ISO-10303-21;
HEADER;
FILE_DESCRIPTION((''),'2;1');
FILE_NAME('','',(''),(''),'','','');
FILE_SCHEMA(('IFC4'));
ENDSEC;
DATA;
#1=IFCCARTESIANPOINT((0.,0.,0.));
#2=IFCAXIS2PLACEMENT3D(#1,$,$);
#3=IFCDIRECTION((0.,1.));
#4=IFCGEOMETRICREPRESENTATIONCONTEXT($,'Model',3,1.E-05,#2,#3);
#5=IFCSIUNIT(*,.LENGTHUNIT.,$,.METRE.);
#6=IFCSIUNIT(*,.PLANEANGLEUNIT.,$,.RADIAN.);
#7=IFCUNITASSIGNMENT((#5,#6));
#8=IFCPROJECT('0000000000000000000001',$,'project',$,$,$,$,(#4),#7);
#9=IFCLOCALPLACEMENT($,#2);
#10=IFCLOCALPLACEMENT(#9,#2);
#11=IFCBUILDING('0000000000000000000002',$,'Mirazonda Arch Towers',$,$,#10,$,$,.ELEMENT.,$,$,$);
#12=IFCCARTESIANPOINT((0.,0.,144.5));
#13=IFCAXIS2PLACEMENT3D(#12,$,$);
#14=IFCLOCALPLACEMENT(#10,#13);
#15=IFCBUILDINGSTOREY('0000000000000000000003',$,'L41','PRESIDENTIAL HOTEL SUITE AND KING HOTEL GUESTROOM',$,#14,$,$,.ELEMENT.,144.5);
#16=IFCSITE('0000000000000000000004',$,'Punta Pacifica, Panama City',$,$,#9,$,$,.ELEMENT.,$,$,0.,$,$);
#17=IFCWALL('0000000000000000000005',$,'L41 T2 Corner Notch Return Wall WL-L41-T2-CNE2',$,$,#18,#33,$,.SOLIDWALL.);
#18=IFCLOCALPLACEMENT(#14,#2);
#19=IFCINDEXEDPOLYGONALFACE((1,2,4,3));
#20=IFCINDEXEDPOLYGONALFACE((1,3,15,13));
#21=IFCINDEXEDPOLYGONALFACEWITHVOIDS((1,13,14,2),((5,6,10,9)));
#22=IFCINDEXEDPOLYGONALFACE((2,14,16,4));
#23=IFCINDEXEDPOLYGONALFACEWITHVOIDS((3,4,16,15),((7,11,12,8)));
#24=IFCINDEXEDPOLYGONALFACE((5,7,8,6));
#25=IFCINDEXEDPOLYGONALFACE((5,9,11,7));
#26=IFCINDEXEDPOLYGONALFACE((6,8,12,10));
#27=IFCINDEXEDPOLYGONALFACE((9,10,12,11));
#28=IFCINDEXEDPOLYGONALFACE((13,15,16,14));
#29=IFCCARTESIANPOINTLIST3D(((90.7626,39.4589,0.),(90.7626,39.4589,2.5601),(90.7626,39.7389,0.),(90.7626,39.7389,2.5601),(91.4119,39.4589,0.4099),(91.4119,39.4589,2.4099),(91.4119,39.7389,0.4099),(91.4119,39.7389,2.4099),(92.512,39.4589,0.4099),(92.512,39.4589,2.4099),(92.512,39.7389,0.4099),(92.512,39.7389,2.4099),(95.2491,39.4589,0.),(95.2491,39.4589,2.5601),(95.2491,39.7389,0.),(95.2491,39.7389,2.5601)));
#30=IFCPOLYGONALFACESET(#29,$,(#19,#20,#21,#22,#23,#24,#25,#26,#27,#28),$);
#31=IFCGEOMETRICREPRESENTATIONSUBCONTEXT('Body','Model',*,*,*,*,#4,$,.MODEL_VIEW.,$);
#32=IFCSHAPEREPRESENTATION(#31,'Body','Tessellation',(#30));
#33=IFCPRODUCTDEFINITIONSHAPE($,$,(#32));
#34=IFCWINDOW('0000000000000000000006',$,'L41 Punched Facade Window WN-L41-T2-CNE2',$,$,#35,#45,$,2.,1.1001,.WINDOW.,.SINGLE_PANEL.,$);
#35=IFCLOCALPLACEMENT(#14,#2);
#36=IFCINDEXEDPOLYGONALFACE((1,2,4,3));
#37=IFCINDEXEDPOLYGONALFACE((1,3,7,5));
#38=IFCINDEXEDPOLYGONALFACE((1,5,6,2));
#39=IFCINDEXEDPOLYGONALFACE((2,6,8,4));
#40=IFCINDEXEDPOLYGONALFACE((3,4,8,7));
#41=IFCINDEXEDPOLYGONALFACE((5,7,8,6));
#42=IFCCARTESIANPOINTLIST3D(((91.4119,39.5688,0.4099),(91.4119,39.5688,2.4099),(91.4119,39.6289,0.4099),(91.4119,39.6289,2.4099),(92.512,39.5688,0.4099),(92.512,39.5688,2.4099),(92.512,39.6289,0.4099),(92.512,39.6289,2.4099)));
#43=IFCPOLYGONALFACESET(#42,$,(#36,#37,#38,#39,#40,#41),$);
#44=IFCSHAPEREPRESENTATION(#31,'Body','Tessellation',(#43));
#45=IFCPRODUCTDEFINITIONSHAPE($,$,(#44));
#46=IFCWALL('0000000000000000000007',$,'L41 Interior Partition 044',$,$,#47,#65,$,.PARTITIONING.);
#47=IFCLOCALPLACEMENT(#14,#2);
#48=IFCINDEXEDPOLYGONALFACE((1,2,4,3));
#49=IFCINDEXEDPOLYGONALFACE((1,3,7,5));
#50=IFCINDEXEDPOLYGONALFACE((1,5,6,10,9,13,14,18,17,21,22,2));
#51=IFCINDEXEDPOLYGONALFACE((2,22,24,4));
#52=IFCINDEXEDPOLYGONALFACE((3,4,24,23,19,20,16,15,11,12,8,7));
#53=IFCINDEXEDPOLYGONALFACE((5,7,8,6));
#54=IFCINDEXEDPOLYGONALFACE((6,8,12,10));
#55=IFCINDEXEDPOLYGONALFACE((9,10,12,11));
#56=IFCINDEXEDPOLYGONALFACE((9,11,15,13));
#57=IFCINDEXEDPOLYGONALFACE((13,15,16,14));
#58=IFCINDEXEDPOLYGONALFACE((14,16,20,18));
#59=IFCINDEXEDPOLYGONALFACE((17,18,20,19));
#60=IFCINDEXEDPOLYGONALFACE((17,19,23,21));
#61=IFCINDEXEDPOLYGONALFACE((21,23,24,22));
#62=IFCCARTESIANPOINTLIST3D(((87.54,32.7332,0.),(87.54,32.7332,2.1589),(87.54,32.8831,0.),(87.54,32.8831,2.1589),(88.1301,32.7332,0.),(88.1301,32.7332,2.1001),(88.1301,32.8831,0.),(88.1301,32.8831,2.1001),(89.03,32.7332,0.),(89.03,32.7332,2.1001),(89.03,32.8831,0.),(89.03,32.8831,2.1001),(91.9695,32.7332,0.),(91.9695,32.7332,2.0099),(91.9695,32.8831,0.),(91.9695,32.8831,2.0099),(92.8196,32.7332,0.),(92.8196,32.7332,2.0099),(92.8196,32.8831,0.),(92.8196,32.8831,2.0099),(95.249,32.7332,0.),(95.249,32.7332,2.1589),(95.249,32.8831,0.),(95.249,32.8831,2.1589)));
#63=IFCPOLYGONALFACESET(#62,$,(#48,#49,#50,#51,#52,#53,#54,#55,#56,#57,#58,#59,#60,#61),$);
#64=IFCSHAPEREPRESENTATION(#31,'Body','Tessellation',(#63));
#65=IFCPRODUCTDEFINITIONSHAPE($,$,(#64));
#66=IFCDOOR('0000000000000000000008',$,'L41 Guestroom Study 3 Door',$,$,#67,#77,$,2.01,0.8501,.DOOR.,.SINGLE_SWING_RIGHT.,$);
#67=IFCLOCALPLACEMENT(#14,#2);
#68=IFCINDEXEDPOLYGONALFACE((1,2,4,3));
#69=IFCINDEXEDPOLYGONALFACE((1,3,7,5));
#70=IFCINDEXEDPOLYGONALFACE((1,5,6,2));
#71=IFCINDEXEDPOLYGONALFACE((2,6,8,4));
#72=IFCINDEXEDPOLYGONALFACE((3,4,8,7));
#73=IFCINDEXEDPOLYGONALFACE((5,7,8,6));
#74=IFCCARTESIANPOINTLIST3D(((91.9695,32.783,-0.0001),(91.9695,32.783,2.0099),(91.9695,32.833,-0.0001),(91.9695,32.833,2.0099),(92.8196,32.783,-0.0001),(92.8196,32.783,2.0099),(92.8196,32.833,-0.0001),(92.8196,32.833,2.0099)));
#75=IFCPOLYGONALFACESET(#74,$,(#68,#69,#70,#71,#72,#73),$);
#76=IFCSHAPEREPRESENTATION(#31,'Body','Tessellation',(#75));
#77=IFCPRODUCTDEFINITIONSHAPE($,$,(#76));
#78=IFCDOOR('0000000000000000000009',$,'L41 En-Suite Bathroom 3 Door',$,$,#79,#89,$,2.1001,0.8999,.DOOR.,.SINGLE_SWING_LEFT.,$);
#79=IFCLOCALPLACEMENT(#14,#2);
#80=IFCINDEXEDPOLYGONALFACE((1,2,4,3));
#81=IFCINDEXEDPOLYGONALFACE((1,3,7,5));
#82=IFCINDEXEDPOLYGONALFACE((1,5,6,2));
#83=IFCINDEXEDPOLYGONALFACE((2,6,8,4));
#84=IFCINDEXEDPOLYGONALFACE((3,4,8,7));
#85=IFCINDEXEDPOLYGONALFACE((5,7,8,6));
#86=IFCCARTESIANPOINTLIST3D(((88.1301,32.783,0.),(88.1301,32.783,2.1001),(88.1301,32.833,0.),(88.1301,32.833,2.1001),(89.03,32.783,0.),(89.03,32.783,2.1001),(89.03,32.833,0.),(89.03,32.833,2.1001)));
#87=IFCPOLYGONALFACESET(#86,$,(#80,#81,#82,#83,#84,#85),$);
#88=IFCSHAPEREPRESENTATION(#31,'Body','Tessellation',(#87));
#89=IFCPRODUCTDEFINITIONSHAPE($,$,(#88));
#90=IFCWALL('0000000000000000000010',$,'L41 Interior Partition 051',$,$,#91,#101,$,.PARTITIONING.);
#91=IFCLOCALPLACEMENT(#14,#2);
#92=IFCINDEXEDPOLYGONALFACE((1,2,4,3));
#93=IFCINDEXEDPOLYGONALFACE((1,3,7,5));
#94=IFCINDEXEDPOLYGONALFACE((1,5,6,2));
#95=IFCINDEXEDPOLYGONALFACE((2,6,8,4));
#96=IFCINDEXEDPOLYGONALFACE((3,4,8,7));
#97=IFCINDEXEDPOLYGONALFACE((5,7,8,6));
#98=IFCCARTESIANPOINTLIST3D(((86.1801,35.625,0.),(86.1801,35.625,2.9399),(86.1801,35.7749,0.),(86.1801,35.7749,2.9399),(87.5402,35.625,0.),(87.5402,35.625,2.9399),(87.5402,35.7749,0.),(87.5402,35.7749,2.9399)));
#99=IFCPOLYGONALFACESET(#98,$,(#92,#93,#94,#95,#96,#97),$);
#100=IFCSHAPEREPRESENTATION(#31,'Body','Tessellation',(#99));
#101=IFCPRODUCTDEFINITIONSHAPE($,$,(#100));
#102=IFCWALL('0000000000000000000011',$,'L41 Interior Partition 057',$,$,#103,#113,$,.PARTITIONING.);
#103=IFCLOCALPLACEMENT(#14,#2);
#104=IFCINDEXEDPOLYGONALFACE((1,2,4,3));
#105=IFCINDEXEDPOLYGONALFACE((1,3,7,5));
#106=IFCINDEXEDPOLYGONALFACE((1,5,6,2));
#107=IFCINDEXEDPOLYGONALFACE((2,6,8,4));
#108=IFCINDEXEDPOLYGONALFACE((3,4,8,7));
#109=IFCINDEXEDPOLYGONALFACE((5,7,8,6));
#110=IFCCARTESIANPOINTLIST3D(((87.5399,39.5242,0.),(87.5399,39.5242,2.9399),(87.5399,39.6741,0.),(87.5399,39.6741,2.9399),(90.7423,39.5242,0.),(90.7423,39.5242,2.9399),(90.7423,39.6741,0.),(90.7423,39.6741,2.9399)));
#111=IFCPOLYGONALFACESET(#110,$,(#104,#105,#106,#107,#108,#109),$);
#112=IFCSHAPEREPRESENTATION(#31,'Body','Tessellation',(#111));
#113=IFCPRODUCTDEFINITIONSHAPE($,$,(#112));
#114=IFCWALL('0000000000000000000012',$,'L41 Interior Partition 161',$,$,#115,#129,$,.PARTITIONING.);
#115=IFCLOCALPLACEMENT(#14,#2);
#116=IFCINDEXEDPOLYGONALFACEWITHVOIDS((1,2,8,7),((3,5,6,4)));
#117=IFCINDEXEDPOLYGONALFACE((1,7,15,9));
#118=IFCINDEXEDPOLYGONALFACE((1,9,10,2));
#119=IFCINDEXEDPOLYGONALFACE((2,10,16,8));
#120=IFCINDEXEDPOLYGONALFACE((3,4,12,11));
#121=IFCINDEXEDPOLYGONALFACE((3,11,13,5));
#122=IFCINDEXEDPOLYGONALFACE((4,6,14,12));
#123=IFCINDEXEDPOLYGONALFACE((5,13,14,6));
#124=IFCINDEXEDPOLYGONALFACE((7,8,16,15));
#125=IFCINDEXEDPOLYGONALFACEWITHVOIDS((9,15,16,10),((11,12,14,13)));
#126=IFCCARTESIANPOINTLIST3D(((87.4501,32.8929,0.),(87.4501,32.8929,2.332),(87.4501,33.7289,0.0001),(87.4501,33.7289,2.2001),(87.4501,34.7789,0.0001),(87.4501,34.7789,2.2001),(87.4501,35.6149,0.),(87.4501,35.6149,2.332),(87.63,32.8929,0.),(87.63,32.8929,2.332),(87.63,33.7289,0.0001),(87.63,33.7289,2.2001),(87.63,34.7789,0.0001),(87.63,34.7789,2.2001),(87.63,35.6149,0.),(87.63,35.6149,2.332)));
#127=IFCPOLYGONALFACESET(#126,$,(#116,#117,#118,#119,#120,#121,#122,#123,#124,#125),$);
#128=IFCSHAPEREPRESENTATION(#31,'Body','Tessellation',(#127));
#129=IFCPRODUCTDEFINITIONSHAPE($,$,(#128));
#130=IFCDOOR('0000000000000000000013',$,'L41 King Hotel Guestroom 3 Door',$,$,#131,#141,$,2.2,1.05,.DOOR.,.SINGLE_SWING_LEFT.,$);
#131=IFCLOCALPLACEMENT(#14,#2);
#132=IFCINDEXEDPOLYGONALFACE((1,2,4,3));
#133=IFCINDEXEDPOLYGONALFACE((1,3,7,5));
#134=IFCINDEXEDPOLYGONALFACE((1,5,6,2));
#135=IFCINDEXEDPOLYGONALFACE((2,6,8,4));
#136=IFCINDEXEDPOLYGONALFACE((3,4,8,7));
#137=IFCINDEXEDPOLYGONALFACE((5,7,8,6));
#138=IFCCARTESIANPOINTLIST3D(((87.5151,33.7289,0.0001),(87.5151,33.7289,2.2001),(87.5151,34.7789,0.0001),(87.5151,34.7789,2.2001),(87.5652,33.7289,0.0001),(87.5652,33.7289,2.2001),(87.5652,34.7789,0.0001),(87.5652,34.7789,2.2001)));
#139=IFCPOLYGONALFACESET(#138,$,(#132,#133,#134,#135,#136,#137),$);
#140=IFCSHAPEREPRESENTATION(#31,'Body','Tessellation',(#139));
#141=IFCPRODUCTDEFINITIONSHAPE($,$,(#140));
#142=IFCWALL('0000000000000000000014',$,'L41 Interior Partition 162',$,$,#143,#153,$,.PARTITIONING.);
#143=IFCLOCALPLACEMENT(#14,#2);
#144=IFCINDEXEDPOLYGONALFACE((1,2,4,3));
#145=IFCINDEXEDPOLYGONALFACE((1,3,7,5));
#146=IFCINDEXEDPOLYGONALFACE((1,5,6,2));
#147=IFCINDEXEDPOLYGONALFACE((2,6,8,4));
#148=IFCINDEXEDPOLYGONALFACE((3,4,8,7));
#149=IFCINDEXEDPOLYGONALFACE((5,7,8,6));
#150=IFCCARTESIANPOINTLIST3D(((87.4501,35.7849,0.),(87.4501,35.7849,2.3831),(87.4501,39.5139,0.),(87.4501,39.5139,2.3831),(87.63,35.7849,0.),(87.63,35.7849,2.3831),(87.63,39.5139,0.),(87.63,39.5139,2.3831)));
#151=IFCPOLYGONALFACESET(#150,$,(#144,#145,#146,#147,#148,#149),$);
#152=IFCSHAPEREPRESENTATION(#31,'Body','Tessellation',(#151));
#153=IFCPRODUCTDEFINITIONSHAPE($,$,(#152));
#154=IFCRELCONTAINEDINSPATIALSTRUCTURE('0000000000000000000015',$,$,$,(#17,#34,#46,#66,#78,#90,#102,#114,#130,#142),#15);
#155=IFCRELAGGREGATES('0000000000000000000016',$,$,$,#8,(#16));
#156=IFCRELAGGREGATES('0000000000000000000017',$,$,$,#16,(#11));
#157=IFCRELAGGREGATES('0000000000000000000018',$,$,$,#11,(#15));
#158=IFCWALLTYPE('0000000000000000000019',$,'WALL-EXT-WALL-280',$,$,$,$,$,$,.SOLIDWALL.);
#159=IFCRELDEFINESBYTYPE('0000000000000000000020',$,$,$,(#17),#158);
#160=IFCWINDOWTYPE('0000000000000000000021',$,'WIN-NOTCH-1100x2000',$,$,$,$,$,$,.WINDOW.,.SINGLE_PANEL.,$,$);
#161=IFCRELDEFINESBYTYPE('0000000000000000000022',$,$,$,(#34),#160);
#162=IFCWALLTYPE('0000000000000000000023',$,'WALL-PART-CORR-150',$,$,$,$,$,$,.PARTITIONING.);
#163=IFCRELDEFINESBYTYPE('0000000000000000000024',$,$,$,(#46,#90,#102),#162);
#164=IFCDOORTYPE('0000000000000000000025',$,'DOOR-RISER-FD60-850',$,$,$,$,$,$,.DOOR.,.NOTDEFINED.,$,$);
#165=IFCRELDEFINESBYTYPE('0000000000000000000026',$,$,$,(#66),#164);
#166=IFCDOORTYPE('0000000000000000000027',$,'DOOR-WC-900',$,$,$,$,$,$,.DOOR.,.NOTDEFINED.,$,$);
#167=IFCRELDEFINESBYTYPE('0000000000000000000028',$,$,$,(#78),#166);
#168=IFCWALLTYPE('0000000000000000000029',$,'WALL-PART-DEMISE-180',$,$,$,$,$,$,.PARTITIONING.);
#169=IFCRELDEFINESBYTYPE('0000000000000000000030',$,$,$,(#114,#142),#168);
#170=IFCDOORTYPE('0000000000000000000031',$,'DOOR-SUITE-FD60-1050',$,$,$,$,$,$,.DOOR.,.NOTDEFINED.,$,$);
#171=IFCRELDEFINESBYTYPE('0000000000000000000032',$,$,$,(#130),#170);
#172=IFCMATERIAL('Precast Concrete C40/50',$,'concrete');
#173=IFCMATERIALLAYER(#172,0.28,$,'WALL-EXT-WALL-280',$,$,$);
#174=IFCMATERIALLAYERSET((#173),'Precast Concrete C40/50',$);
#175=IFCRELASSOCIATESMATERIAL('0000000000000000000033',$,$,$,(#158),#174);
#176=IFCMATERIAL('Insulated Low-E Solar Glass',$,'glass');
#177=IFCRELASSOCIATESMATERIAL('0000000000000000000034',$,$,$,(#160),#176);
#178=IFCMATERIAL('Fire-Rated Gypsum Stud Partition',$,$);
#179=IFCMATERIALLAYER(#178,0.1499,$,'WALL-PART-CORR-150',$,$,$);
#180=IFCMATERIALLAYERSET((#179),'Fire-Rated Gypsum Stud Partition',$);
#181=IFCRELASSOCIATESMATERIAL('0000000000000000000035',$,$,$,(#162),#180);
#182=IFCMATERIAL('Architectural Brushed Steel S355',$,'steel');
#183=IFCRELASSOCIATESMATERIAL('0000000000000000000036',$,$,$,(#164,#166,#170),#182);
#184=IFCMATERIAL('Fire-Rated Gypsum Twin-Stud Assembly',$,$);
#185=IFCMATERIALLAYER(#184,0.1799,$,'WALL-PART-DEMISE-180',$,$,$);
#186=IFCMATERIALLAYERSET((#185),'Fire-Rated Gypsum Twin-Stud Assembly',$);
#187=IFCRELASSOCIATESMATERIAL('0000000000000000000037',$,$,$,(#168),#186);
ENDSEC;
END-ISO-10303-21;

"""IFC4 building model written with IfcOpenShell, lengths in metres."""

from ifc_helpers import new_model, si_unit, direction, frame, frame_2d, origin, place, context, subcontext, project, spatial, rectangle, extrude, material, layer, layer_set, type_object, element, fill, save


model = new_model("IFC4")

# Units and contexts
model_context = context("Model", 3, precision=1e-05, world=origin(), true_north=direction((0.0, 1.0)))
body_context = subcontext(model_context, "Body", "Model", "MODEL_VIEW")
ifc_project = project(units=[si_unit("LENGTHUNIT", "METRE"), si_unit("PLANEANGLEUNIT", "RADIAN")], contexts=[model_context])

# Site, building, storey
site_placement = place(None, origin())
site = spatial("IfcSite", under=ifc_project, at=site_placement, Name="Punta Pacifica, Panama City", CompositionType="ELEMENT", RefElevation=0.0)
building_placement = place(site_placement, origin())
building = spatial("IfcBuilding", under=site, at=building_placement, Name="Mirazonda Arch Towers", CompositionType="ELEMENT")
storey_placement = place(building_placement, frame((0.0, 0.0, 144.5)))
storey = spatial("IfcBuildingStorey", under=building, at=storey_placement, Name="L41", Description="PRESIDENTIAL HOTEL SUITE AND KING HOTEL GUESTROOM", CompositionType="ELEMENT", Elevation=144.5)

# Shared definitions
ifc_material_1 = material(Name="Insulated Low-E Solar Glass", Category="glass")

# Wall, opening, window
ifc_material_2 = material(Name="Precast Concrete C40/50", Category="concrete")
ifc_layer_1 = layer(ifc_material_2, 0.28, Name="WALL-EXT-WALL-280")
ifc_layer_set_1 = layer_set([ifc_layer_1], Name="Precast Concrete C40/50")
wall_type_1 = type_object("IfcWallType", Name="WALL-EXT-WALL-280", PredefinedType="SOLIDWALL", material=ifc_layer_set_1)
window_type = type_object("IfcWindowType", Name="WIN-NOTCH-1100x2000", PartitioningType="SINGLE_PANEL", PredefinedType="WINDOW", material=ifc_material_1)
wall_1_placement = place(storey_placement, frame((95.249, 39.5989, 0.0), z_axis=(0.0, 0.0, 1.0), x_axis=(-1.0, 0.0, 0.0)))
wall_1 = element("IfcWall", 1, at=wall_1_placement, inside=storey, type_object=wall_type_1, Name="L41 T2 Corner Notch Return Wall WL-L41-T2-CNE2", PredefinedType="SOLIDWALL", context=body_context, shape_type="SweptSolid", body=[
    extrude(rectangle(XDim=4.4866, YDim=0.28, at=frame_2d((2.2432, 0.0))), origin(), (0.0, 0.0, 1.0), 2.5601),
])
opening_1_placement = place(wall_1_placement, frame((2.7371, 0.0, 0.4099)))
opening_1 = element("IfcOpeningElement", 2, at=opening_1_placement, cuts=wall_1, PredefinedType="OPENING", context=body_context, shape_type="SweptSolid", body=[
    extrude(rectangle(XDim=1.1001, YDim=2.0, at=frame_2d((0.55, 1.0))), frame((0.0, 0.1499, 0.0), z_axis=(0.0, -1.0, 0.0), x_axis=(1.0, 0.0, 0.0)), (0.0, 0.0, 1.0), 0.3),
])
window_1_placement = place(opening_1_placement, origin())
window_1 = element("IfcWindow", 3, at=window_1_placement, inside=storey, type_object=window_type, Name="L41 Punched Facade Window WN-L41-T2-CNE2", OverallHeight=2.0, OverallWidth=1.1001, PartitioningType="SINGLE_PANEL", PredefinedType="WINDOW", context=body_context, shape_type="SweptSolid", body=[
    extrude(rectangle(XDim=1.1001, YDim=2.0, at=frame_2d((0.55, 1.0))), frame((0.0, 0.03, 0.0), z_axis=(0.0, -1.0, 0.0), x_axis=(1.0, 0.0, 0.0)), (0.0, 0.0, 1.0), 0.0601),
])
fill(opening_1, window_1)

# Wall, openings, doors
ifc_material_3 = material(Name="Fire-Rated Gypsum Stud Partition")
ifc_layer_2 = layer(ifc_material_3, 0.1499, Name="WALL-PART-CORR-150")
ifc_layer_set_2 = layer_set([ifc_layer_2], Name="Fire-Rated Gypsum Stud Partition")
wall_type_2 = type_object("IfcWallType", Name="WALL-PART-CORR-150", PredefinedType="PARTITIONING", material=ifc_layer_set_2)
wall_2_placement = place(storey_placement, frame((87.54, 32.8081, 0.0), z_axis=(0.0, 0.0, 1.0), x_axis=(1.0, 0.0, 0.0)))
wall_2 = element("IfcWall", 4, at=wall_2_placement, inside=storey, type_object=wall_type_2, Name="L41 Interior Partition 044", PredefinedType="PARTITIONING", context=body_context, shape_type="SweptSolid", body=[
    extrude(rectangle(XDim=7.709, YDim=0.1499, at=frame_2d((3.8545, 0.0))), origin(), (0.0, 0.0, 1.0), 2.1589),
])
opening_2_placement = place(wall_2_placement, frame((4.4294, 0.0, 0.0)))
opening_2 = element("IfcOpeningElement", 5, at=opening_2_placement, cuts=wall_2, PredefinedType="OPENING", context=body_context, shape_type="SweptSolid", body=[
    extrude(rectangle(XDim=0.8501, YDim=2.01, at=frame_2d((0.425, 1.0049))), frame((0.0, 0.085, 0.0), z_axis=(0.0, -1.0, 0.0), x_axis=(1.0, 0.0, 0.0)), (0.0, 0.0, 1.0), 0.1699),
])
opening_3_placement = place(wall_2_placement, frame((0.5901, 0.0, 0.0)))
opening_3 = element("IfcOpeningElement", 6, at=opening_3_placement, cuts=wall_2, PredefinedType="OPENING", context=body_context, shape_type="SweptSolid", body=[
    extrude(rectangle(XDim=0.8999, YDim=2.1001, at=frame_2d((0.45, 1.05))), frame((0.0, 0.085, 0.0), z_axis=(0.0, -1.0, 0.0), x_axis=(1.0, 0.0, 0.0)), (0.0, 0.0, 1.0), 0.1699),
])
ifc_material_4 = material(Name="Architectural Brushed Steel S355", Category="steel")
door_type_1 = type_object("IfcDoorType", Name="DOOR-RISER-FD60-850", OperationType="NOTDEFINED", PredefinedType="DOOR", material=ifc_material_4)
door_1_placement = place(opening_2_placement, origin())
door_1 = element("IfcDoor", 7, at=door_1_placement, inside=storey, type_object=door_type_1, Name="L41 Guestroom Study 3 Door", OperationType="SINGLE_SWING_RIGHT", OverallHeight=2.01, OverallWidth=0.8501, PredefinedType="DOOR", context=body_context, shape_type="SweptSolid", body=[
    extrude(rectangle(XDim=0.8501, YDim=2.01, at=frame_2d((0.425, 1.0049))), frame((0.0, 0.0249, 0.0), z_axis=(0.0, -1.0, 0.0), x_axis=(1.0, 0.0, 0.0)), (0.0, 0.0, 1.0), 0.05),
])
fill(opening_2, door_1)
door_type_2 = type_object("IfcDoorType", Name="DOOR-WC-900", OperationType="NOTDEFINED", PredefinedType="DOOR", material=ifc_material_4)
door_2_placement = place(opening_3_placement, origin())
door_2 = element("IfcDoor", 8, at=door_2_placement, inside=storey, type_object=door_type_2, Name="L41 En-Suite Bathroom 3 Door", OperationType="SINGLE_SWING_LEFT", OverallHeight=2.1001, OverallWidth=0.8999, PredefinedType="DOOR", context=body_context, shape_type="SweptSolid", body=[
    extrude(rectangle(XDim=0.8999, YDim=2.1001, at=frame_2d((0.45, 1.05))), frame((0.0, 0.0249, 0.0), z_axis=(0.0, -1.0, 0.0), x_axis=(1.0, 0.0, 0.0)), (0.0, 0.0, 1.0), 0.05),
])
fill(opening_3, door_2)

# Walls
wall_3_placement = place(storey_placement, frame((86.1799, 35.7, 0.0), z_axis=(0.0, 0.0, 1.0), x_axis=(1.0, 0.0, 0.0)))
element("IfcWall", 9, at=wall_3_placement, inside=storey, type_object=wall_type_2, Name="L41 Interior Partition 051", PredefinedType="PARTITIONING", context=body_context, shape_type="SweptSolid", body=[
    extrude(rectangle(XDim=1.3601, YDim=0.1499, at=frame_2d((0.6802, 0.0))), origin(), (0.0, 0.0, 1.0), 2.9399),
])
wall_4_placement = place(storey_placement, frame((87.54, 39.5991, 0.0), z_axis=(0.0, 0.0, 1.0), x_axis=(1.0, 0.0, 0.0)))
element("IfcWall", 10, at=wall_4_placement, inside=storey, type_object=wall_type_2, Name="L41 Interior Partition 057", PredefinedType="PARTITIONING", context=body_context, shape_type="SweptSolid", body=[
    extrude(rectangle(XDim=3.2024, YDim=0.1499, at=frame_2d((1.6011, 0.0))), origin(), (0.0, 0.0, 1.0), 2.9399),
])

# Wall, opening, door
ifc_material_5 = material(Name="Fire-Rated Gypsum Twin-Stud Assembly")
ifc_layer_3 = layer(ifc_material_5, 0.1799, Name="WALL-PART-DEMISE-180")
ifc_layer_set_3 = layer_set([ifc_layer_3], Name="Fire-Rated Gypsum Twin-Stud Assembly")
wall_type_3 = type_object("IfcWallType", Name="WALL-PART-DEMISE-180", PredefinedType="PARTITIONING", material=ifc_layer_set_3)
wall_5_placement = place(storey_placement, frame((87.54, 32.8931, 0.0), z_axis=(0.0, 0.0, 1.0), x_axis=(0.0, 1.0, 0.0)))
wall_5 = element("IfcWall", 11, at=wall_5_placement, inside=storey, type_object=wall_type_3, Name="L41 Interior Partition 161", PredefinedType="PARTITIONING", context=body_context, shape_type="SweptSolid", body=[
    extrude(rectangle(XDim=2.7219, YDim=0.1799, at=frame_2d((1.3608, 0.0))), origin(), (0.0, 0.0, 1.0), 2.332),
])
opening_4_placement = place(wall_5_placement, frame((0.8359, 0.0, 0.0)))
opening_4 = element("IfcOpeningElement", 12, at=opening_4_placement, cuts=wall_5, PredefinedType="OPENING", context=body_context, shape_type="SweptSolid", body=[
    extrude(rectangle(XDim=1.05, YDim=2.2, at=frame_2d((0.5249, 1.1001))), frame((0.0, 0.0999, 0.0), z_axis=(0.0, -1.0, 0.0), x_axis=(1.0, 0.0, 0.0)), (0.0, 0.0, 1.0), 0.2),
])
door_type_3 = type_object("IfcDoorType", Name="DOOR-SUITE-FD60-1050", OperationType="NOTDEFINED", PredefinedType="DOOR", material=ifc_material_4)
door_3_placement = place(opening_4_placement, origin())
door_3 = element("IfcDoor", 13, at=door_3_placement, inside=storey, type_object=door_type_3, Name="L41 King Hotel Guestroom 3 Door", OperationType="SINGLE_SWING_LEFT", OverallHeight=2.2, OverallWidth=1.05, PredefinedType="DOOR", context=body_context, shape_type="SweptSolid", body=[
    extrude(rectangle(XDim=1.05, YDim=2.2, at=frame_2d((0.5249, 1.1001))), frame((0.0, 0.0249, 0.0), z_axis=(0.0, -1.0, 0.0), x_axis=(1.0, 0.0, 0.0)), (0.0, 0.0, 1.0), 0.05),
])
fill(opening_4, door_3)

# Wall
wall_6_placement = place(storey_placement, frame((87.54, 35.7849, 0.0), z_axis=(0.0, 0.0, 1.0), x_axis=(0.0, 1.0, 0.0)))
element("IfcWall", 14, at=wall_6_placement, inside=storey, type_object=wall_type_3, Name="L41 Interior Partition 162", PredefinedType="PARTITIONING", context=body_context, shape_type="SweptSolid", body=[
    extrude(rectangle(XDim=3.729, YDim=0.1799, at=frame_2d((1.8645, 0.0))), origin(), (0.0, 0.0, 1.0), 2.3831),
])

save(model, "model.ifc")
